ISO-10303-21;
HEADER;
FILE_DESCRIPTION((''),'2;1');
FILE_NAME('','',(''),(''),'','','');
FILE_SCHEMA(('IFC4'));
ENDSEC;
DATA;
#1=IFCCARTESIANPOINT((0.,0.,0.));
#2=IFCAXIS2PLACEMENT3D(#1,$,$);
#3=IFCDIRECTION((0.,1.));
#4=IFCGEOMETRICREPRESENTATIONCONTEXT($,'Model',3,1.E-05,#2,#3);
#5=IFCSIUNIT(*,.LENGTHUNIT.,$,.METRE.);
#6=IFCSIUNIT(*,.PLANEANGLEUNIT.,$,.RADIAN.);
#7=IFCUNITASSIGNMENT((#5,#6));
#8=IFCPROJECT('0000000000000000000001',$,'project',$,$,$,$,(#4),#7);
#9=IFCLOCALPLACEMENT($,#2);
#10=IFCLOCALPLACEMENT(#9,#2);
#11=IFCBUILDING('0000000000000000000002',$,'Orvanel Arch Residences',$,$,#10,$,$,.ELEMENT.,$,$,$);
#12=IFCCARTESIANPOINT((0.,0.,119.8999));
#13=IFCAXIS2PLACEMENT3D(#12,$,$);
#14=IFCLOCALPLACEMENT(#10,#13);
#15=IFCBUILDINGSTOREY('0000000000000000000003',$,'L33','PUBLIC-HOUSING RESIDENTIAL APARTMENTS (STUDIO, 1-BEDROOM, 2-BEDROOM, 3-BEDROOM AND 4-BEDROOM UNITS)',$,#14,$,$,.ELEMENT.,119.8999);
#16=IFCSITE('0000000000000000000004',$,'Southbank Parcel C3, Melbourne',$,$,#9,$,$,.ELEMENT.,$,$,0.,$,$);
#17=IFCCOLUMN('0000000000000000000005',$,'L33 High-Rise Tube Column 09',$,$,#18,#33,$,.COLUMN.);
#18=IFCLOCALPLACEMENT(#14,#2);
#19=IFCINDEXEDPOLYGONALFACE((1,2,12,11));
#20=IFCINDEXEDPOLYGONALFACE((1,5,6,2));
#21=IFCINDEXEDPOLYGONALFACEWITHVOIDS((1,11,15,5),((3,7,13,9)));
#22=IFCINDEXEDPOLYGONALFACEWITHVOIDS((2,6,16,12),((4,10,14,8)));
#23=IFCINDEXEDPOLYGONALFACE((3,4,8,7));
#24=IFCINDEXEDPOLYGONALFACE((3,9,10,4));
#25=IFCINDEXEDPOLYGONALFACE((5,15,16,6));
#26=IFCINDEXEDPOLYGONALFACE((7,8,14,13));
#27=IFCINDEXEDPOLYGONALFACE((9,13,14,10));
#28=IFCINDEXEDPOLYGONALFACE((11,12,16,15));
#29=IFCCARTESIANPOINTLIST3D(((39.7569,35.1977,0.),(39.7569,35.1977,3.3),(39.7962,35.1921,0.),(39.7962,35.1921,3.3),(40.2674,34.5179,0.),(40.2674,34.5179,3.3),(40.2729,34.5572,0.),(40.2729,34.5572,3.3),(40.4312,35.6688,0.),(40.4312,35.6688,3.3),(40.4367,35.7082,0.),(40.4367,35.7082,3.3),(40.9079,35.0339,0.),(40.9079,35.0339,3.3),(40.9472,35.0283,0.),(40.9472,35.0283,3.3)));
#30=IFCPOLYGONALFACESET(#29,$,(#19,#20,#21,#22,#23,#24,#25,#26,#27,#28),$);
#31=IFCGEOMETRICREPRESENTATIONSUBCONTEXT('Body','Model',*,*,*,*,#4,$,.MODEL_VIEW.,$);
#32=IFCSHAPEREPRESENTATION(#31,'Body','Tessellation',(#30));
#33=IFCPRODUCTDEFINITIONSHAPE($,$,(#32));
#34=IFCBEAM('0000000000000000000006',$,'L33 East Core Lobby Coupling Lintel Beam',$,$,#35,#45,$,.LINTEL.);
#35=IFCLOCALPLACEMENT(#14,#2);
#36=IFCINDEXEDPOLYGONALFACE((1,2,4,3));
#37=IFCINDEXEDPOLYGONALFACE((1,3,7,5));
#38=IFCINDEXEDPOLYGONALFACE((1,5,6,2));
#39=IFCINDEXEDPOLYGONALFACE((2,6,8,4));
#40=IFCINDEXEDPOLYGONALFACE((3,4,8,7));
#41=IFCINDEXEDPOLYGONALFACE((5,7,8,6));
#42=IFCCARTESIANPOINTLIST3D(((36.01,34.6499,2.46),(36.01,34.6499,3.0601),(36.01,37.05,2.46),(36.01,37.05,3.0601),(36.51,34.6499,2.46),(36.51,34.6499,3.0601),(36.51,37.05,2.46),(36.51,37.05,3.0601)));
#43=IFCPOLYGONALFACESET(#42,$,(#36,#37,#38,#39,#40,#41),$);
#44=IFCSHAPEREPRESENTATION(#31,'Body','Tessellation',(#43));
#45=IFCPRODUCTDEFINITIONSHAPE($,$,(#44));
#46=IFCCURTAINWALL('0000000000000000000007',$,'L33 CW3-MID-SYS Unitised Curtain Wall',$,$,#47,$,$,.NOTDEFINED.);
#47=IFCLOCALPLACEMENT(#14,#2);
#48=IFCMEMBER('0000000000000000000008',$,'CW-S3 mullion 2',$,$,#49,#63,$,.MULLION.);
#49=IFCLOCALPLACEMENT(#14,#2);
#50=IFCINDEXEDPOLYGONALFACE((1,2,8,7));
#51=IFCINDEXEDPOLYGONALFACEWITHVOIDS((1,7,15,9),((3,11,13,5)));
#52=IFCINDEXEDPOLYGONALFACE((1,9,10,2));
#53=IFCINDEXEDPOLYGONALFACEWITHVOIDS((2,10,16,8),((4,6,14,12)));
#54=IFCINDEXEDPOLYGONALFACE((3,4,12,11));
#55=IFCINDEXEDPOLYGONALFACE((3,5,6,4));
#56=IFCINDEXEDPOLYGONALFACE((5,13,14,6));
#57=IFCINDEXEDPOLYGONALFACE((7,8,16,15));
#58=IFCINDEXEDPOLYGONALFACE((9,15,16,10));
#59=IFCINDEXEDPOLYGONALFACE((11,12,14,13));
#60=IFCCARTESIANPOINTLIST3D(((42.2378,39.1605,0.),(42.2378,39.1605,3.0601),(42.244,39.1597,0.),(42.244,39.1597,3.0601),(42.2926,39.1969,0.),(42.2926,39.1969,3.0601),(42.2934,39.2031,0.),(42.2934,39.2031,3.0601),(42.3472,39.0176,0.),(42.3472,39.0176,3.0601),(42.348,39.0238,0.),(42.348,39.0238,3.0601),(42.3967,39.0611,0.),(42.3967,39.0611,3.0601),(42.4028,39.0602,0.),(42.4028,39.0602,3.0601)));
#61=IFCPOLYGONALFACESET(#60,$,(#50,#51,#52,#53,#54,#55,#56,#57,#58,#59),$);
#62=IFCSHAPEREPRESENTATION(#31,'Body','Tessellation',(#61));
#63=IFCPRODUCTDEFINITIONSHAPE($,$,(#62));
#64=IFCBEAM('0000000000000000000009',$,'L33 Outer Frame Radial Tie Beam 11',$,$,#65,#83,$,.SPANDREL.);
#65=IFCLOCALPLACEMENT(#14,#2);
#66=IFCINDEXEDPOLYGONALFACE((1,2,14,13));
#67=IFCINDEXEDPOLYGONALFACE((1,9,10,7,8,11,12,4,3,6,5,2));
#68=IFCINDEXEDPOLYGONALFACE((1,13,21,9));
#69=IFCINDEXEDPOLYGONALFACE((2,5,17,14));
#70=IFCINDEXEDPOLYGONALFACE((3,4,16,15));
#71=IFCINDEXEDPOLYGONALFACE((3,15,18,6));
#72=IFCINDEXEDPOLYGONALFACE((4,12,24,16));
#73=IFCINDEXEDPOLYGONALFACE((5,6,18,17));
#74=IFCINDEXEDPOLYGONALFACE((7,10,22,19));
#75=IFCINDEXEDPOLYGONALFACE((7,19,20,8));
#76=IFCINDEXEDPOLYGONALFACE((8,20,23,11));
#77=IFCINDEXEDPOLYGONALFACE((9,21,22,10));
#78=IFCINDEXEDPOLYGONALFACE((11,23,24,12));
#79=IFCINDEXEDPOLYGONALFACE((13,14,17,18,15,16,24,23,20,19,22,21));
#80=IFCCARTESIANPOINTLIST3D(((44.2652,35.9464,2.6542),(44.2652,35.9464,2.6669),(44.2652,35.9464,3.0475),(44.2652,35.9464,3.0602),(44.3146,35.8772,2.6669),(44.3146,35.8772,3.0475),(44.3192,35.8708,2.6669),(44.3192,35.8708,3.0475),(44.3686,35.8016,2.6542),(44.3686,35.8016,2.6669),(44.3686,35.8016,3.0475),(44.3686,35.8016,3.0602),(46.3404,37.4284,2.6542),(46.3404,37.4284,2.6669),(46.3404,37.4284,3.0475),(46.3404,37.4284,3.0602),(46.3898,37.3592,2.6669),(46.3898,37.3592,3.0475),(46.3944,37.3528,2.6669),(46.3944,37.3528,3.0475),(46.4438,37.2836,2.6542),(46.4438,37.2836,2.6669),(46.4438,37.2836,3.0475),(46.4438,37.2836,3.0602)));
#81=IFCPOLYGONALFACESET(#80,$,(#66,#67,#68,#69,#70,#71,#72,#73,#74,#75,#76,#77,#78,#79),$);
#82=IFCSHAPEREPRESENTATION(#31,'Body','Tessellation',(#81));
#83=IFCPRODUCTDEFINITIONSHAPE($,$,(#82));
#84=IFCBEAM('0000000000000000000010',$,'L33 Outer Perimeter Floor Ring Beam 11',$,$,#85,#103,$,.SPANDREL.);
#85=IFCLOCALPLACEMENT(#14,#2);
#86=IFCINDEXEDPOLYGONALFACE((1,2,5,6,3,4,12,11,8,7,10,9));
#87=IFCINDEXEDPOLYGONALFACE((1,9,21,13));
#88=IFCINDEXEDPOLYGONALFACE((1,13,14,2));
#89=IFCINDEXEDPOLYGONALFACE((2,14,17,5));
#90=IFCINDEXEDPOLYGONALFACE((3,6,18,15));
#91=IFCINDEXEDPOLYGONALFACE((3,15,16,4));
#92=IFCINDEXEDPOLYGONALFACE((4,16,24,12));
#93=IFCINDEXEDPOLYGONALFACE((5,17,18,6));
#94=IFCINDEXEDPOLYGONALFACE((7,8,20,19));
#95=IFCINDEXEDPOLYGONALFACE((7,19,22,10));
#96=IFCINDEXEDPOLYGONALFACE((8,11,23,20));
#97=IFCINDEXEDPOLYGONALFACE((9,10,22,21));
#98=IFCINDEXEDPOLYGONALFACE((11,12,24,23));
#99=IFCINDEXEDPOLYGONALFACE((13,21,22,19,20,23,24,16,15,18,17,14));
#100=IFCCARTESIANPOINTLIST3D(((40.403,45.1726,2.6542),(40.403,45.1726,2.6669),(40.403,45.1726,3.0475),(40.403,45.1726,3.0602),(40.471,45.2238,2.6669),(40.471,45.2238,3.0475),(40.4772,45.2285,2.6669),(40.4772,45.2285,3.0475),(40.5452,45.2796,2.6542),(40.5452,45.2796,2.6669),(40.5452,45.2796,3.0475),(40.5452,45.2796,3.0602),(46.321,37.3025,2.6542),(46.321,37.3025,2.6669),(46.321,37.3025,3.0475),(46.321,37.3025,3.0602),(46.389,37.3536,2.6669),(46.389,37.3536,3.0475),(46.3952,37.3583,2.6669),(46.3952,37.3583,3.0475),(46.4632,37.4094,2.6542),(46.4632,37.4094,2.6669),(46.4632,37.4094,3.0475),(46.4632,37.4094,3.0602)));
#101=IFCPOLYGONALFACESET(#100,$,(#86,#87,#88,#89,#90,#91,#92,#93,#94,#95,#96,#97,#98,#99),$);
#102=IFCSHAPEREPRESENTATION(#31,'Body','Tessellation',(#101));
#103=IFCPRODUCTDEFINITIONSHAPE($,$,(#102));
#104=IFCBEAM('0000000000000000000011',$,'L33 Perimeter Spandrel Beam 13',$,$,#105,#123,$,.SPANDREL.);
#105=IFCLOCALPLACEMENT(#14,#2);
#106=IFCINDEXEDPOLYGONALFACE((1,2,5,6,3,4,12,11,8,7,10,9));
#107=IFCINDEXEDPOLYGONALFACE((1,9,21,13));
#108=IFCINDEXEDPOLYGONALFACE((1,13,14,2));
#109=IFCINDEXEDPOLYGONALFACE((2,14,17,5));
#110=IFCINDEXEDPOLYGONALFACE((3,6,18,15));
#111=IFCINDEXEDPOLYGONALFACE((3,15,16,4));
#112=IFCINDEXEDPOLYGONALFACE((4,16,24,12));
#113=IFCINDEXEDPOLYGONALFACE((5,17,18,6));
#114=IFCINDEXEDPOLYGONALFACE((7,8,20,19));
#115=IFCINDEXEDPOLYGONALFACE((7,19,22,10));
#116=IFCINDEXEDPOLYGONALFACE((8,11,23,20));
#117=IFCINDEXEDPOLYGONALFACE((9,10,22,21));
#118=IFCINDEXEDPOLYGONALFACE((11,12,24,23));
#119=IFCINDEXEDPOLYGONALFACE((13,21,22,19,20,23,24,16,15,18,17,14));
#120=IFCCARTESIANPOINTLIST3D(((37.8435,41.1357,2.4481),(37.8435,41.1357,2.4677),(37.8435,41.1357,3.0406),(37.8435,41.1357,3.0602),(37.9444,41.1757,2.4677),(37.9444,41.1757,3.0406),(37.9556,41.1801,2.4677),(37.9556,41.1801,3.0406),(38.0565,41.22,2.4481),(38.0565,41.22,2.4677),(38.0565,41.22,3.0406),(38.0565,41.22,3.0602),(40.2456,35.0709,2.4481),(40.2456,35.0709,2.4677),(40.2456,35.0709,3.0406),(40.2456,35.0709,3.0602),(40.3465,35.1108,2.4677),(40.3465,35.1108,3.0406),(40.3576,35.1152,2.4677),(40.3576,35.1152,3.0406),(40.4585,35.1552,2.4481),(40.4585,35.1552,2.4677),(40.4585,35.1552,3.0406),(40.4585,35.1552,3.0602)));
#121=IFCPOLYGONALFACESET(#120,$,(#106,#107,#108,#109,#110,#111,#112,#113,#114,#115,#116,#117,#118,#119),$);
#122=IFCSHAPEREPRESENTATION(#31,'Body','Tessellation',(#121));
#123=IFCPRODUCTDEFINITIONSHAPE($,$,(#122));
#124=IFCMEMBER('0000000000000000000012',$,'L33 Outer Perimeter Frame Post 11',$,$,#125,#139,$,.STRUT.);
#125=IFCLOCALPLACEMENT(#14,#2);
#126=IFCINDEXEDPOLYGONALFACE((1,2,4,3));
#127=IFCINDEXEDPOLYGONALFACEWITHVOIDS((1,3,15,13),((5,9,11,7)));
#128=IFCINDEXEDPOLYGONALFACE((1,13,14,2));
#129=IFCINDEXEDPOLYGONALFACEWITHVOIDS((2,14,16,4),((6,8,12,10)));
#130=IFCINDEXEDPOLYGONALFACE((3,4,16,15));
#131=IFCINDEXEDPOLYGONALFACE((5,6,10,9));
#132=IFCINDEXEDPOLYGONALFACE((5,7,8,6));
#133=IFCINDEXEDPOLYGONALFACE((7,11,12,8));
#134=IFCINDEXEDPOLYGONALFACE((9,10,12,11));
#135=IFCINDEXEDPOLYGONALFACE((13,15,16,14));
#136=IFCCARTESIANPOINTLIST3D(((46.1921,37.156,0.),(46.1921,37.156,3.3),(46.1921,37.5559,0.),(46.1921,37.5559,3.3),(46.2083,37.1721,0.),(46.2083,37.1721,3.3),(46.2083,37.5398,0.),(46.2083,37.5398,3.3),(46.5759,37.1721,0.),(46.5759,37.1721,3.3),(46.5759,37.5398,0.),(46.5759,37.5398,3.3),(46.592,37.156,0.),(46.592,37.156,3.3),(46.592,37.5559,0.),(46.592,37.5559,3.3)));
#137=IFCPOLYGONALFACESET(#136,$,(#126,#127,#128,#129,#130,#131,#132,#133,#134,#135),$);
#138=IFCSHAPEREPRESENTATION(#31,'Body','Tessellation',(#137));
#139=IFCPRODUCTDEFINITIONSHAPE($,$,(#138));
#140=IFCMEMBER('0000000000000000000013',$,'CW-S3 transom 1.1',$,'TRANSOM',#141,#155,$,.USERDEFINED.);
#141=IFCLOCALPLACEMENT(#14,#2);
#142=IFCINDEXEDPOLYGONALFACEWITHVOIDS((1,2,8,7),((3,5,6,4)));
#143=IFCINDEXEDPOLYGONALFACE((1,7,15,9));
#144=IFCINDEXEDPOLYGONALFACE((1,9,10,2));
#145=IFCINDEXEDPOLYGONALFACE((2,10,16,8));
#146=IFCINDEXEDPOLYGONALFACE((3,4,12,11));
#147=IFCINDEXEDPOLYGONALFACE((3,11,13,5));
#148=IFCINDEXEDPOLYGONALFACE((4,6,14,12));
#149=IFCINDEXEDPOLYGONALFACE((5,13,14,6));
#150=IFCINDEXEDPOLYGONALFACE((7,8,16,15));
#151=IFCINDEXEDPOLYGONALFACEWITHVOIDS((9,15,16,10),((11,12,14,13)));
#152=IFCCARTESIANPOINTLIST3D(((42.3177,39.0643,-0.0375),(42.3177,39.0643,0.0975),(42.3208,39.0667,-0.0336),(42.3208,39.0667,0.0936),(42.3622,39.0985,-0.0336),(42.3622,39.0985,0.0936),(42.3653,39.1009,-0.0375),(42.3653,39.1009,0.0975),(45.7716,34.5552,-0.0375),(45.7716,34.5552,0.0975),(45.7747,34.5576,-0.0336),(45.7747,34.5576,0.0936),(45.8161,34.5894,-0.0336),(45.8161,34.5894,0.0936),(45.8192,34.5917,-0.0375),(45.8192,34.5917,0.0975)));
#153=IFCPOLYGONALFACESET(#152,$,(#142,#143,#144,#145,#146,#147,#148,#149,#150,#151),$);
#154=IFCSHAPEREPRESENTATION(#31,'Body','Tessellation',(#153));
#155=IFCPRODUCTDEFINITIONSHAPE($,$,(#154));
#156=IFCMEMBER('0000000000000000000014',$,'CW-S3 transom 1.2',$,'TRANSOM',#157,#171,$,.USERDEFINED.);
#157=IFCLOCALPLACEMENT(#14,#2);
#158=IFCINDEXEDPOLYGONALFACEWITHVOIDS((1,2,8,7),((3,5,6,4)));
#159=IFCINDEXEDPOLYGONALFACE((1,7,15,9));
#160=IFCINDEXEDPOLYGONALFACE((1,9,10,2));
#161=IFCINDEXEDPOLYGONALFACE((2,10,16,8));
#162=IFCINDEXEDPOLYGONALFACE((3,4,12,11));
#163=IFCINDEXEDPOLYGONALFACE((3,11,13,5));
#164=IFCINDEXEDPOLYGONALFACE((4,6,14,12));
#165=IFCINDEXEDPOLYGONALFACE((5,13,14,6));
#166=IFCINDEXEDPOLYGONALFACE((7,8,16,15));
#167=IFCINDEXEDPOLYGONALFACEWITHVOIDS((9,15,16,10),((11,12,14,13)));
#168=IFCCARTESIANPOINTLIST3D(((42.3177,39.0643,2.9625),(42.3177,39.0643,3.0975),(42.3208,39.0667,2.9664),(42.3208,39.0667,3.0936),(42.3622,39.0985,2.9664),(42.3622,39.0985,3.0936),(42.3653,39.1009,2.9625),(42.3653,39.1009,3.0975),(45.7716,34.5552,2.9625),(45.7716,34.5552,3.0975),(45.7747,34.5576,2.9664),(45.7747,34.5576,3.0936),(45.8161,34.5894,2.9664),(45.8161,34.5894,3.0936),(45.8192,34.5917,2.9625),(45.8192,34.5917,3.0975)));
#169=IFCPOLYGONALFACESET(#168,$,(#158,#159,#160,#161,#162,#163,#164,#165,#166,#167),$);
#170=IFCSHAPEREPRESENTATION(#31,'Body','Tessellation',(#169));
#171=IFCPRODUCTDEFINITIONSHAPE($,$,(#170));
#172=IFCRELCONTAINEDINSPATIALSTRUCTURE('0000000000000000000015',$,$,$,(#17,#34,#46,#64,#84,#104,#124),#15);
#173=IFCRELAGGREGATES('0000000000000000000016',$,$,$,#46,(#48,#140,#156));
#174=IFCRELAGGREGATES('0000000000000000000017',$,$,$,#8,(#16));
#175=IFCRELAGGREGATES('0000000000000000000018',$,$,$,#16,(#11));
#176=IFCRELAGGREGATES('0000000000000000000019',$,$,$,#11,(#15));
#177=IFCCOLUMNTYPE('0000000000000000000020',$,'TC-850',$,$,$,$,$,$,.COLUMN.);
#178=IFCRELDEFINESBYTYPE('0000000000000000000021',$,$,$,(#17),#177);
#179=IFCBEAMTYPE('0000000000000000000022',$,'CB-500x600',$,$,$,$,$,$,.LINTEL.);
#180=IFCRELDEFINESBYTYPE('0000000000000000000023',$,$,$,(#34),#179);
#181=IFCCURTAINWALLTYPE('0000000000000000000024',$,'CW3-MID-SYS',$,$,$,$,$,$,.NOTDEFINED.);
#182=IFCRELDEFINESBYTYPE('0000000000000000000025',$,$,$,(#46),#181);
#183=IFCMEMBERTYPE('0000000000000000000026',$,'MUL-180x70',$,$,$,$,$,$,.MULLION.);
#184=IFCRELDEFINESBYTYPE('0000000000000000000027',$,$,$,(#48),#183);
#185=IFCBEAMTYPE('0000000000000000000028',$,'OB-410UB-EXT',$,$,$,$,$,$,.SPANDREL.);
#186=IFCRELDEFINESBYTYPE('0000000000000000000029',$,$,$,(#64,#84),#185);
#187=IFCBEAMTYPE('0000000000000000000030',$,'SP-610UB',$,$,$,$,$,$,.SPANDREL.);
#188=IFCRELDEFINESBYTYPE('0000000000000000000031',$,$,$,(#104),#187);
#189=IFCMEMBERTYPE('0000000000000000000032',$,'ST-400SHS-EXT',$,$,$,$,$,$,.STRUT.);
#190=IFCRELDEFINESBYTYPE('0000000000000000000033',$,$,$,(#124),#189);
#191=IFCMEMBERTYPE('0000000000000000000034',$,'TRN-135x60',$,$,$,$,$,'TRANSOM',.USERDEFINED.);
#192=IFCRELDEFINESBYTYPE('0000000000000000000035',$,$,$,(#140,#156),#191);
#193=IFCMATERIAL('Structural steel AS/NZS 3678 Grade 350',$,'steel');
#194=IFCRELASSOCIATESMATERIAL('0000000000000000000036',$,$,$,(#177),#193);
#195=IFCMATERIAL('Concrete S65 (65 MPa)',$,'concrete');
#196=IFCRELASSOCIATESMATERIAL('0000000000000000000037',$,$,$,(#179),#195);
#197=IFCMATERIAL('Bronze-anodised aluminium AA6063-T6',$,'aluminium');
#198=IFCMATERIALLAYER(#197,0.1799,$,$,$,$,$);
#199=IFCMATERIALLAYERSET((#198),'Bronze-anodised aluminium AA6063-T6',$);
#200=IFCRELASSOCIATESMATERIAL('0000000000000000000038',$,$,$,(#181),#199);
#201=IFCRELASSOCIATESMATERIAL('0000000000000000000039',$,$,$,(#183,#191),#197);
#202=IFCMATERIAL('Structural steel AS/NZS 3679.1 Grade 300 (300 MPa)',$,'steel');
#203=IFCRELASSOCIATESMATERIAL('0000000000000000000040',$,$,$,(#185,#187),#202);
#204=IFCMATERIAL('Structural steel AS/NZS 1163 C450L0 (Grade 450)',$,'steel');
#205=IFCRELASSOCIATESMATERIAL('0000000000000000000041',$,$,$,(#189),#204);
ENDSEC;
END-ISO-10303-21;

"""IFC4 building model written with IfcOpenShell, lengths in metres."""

from ifc_helpers import new_model, si_unit, direction, frame, origin, origin_2d, place, context, subcontext, project, spatial, rectangle, hollow_rectangle, i_section, extrude, material, layer, layer_set, material_profile, profile_set, type_object, element, aggregate, save


model = new_model("IFC4")

# Units and contexts
model_context = context("Model", 3, precision=1e-05, world=origin(), true_north=direction((0.0, 1.0)))
body_context = subcontext(model_context, "Body", "Model", "MODEL_VIEW")
ifc_project = project(units=[si_unit("LENGTHUNIT", "METRE"), si_unit("PLANEANGLEUNIT", "RADIAN")], contexts=[model_context])

# Site, building, storey
site_placement = place(None, origin())
site = spatial("IfcSite", under=ifc_project, at=site_placement, Name="Southbank Parcel C3, Melbourne", CompositionType="ELEMENT", RefElevation=0.0)
building_placement = place(site_placement, origin())
building = spatial("IfcBuilding", under=site, at=building_placement, Name="Orvanel Arch Residences", CompositionType="ELEMENT")
storey_placement = place(building_placement, frame((0.0, 0.0, 119.8999)))
storey = spatial("IfcBuildingStorey", under=building, at=storey_placement, Name="L33", Description="PUBLIC-HOUSING RESIDENTIAL APARTMENTS (STUDIO, 1-BEDROOM, 2-BEDROOM, 3-BEDROOM AND 4-BEDROOM UNITS)", CompositionType="ELEMENT", Elevation=119.8999)

# Column
ifc_material_1 = material(Name="Structural steel AS/NZS 3678 Grade 350", Category="steel")
ifc_material_profile_1 = material_profile(ifc_material_1, hollow_rectangle(XDim=0.8501, YDim=0.8501, WallThickness=0.0281, at=origin_2d()), Name="BOX850x850x28")
ifc_profile_set_1 = profile_set([ifc_material_profile_1], Name="Structural steel AS/NZS 3678 Grade 350")
column_type = type_object("IfcColumnType", Name="TC-850", PredefinedType="COLUMN", material=ifc_profile_set_1)
column_placement = place(storey_placement, frame((40.3521, 35.113, 0.0), z_axis=(0.0, 0.0, 1.0), x_axis=(-0.60042, 0.799685, 0.0)))
element("IfcColumn", 1, at=column_placement, inside=storey, type_object=column_type, Name="L33 High-Rise Tube Column 09", PredefinedType="COLUMN", context=body_context, shape_type="SweptSolid", body=[
    extrude(hollow_rectangle(XDim=0.8501, YDim=0.8501, WallThickness=0.0281, at=origin_2d()), origin(), (0.0, 0.0, 1.0), 3.3),
])

# Beam
ifc_material_2 = material(Name="Concrete S65 (65 MPa)", Category="concrete")
ifc_material_profile_2 = material_profile(ifc_material_2, rectangle(XDim=0.5, YDim=0.6001, at=origin_2d()), Name="RC500x600")
ifc_profile_set_2 = profile_set([ifc_material_profile_2], Name="Concrete S65 (65 MPa)")
beam_type_1 = type_object("IfcBeamType", Name="CB-500x600", PredefinedType="LINTEL", material=ifc_profile_set_2)
beam_1_placement = place(storey_placement, frame((36.26, 34.6499, 2.76), z_axis=(0.0, 1.0, 0.0), x_axis=(-1.0, 0.0, 0.0)))
element("IfcBeam", 2, at=beam_1_placement, inside=storey, type_object=beam_type_1, Name="L33 East Core Lobby Coupling Lintel Beam", PredefinedType="LINTEL", context=body_context, shape_type="SweptSolid", body=[
    extrude(rectangle(XDim=0.5, YDim=0.6001, at=origin_2d()), origin(), (0.0, 0.0, 1.0), 2.4001),
])

# Curtain wall, member
ifc_material_3 = material(Name="Bronze-anodised aluminium AA6063-T6", Category="aluminium")
ifc_layer_1 = layer(ifc_material_3, 0.1799)
ifc_layer_set_1 = layer_set([ifc_layer_1], Name="Bronze-anodised aluminium AA6063-T6")
curtain_wall_type = type_object("IfcCurtainWallType", Name="CW3-MID-SYS", PredefinedType="NOTDEFINED", material=ifc_layer_set_1)
curtain_wall_placement = place(storey_placement, origin())
curtain_wall = element("IfcCurtainWall", 3, at=curtain_wall_placement, inside=storey, type_object=curtain_wall_type, Name="L33 CW3-MID-SYS Unitised Curtain Wall", PredefinedType="NOTDEFINED")
ifc_material_profile_3 = material_profile(ifc_material_3, hollow_rectangle(XDim=0.0701, YDim=0.1799, WallThickness=0.0044, at=origin_2d()), Name="ALU180x70x4.5")
ifc_profile_set_3 = profile_set([ifc_material_profile_3], Name="Bronze-anodised aluminium AA6063-T6")
member_type_1 = type_object("IfcMemberType", Name="MUL-180x70", PredefinedType="MULLION", material=ifc_profile_set_3)
member_1_placement = place(storey_placement, frame((42.3203, 39.1104, 0.0), z_axis=(0.0, 0.0, 1.0), x_axis=(-0.793867, -0.608092, 0.0)))
member_1 = element("IfcMember", 4, at=member_1_placement, type_object=member_type_1, Name="CW-S3 mullion 2", PredefinedType="MULLION", context=body_context, shape_type="SweptSolid", body=[
    extrude(hollow_rectangle(XDim=0.0701, YDim=0.1799, WallThickness=0.0044, at=origin_2d()), origin(), (0.0, 0.0, 1.0), 3.0601),
])

# Beams
ifc_material_4 = material(Name="Structural steel AS/NZS 3679.1 Grade 300 (300 MPa)", Category="steel")
ifc_material_profile_4 = material_profile(ifc_material_4, i_section(OverallWidth=0.178, OverallDepth=0.406, WebThickness=0.0078, FlangeThickness=0.0127, at=origin_2d()), Name="410UB59.7")
ifc_profile_set_4 = profile_set([ifc_material_profile_4], Name="Structural steel AS/NZS 3679.1 Grade 300 (300 MPa)")
beam_type_2 = type_object("IfcBeamType", Name="OB-410UB-EXT", PredefinedType="SPANDREL", material=ifc_profile_set_4)
beam_2_placement = place(storey_placement, frame((44.3169, 35.874, 2.8572), z_axis=(0.813798, 0.581148, 0.0), x_axis=(-0.581148, 0.813798, 0.0)))
element("IfcBeam", 5, at=beam_2_placement, inside=storey, type_object=beam_type_2, Name="L33 Outer Frame Radial Tie Beam 11", PredefinedType="SPANDREL", context=body_context, shape_type="SweptSolid", body=[
    extrude(i_section(OverallWidth=0.178, OverallDepth=0.406, WebThickness=0.0078, FlangeThickness=0.0127, at=origin_2d()), origin(), (0.0, 0.0, 1.0), 2.55),
])
beam_3_placement = place(storey_placement, frame((46.3921, 37.356, 2.8572), z_axis=(-0.600999, 0.79925, 0.0), x_axis=(-0.79925, -0.600999, 0.0)))
element("IfcBeam", 6, at=beam_3_placement, inside=storey, type_object=beam_type_2, Name="L33 Outer Perimeter Floor Ring Beam 11", PredefinedType="SPANDREL", context=body_context, shape_type="SweptSolid", body=[
    extrude(i_section(OverallWidth=0.178, OverallDepth=0.406, WebThickness=0.0078, FlangeThickness=0.0127, at=origin_2d()), origin(), (0.0, 0.0, 1.0), 9.8469),
])
ifc_material_profile_5 = material_profile(ifc_material_4, i_section(OverallWidth=0.229, OverallDepth=0.6121, WebThickness=0.012, FlangeThickness=0.0195, at=origin_2d()), Name="610UB125")
ifc_profile_set_5 = profile_set([ifc_material_profile_5], Name="Structural steel AS/NZS 3679.1 Grade 300 (300 MPa)")
beam_type_3 = type_object("IfcBeamType", Name="SP-610UB", PredefinedType="SPANDREL", material=ifc_profile_set_5)
beam_4_placement = place(storey_placement, frame((40.3521, 35.113, 2.7542), z_axis=(-0.368233, 0.929733, 0.0), x_axis=(-0.929733, -0.368233, 0.0)))
element("IfcBeam", 7, at=beam_4_placement, inside=storey, type_object=beam_type_3, Name="L33 Perimeter Spandrel Beam 13", PredefinedType="SPANDREL", context=body_context, shape_type="SweptSolid", body=[
    extrude(i_section(OverallWidth=0.229, OverallDepth=0.6121, WebThickness=0.012, FlangeThickness=0.0195, at=origin_2d()), origin(), (0.0, 0.0, 1.0), 6.5232),
])

# Members
ifc_material_5 = material(Name="Structural steel AS/NZS 1163 C450L0 (Grade 450)", Category="steel")
ifc_material_profile_6 = material_profile(ifc_material_5, hollow_rectangle(XDim=0.3999, YDim=0.3999, WallThickness=0.0161, at=origin_2d()), Name="SHS400x400x16")
ifc_profile_set_6 = profile_set([ifc_material_profile_6], Name="Structural steel AS/NZS 1163 C450L0 (Grade 450)")
member_type_2 = type_object("IfcMemberType", Name="ST-400SHS-EXT", PredefinedType="STRUT", material=ifc_profile_set_6)
member_2_placement = place(storey_placement, frame((46.3921, 37.356, 0.0), z_axis=(0.0, 0.0, 1.0), x_axis=(1.0, 0.0, 0.0)))
element("IfcMember", 8, at=member_2_placement, inside=storey, type_object=member_type_2, Name="L33 Outer Perimeter Frame Post 11", PredefinedType="STRUT", context=body_context, shape_type="SweptSolid", body=[
    extrude(hollow_rectangle(XDim=0.3999, YDim=0.3999, WallThickness=0.0161, at=origin_2d()), origin(), (0.0, 0.0, 1.0), 3.3),
])
ifc_material_profile_7 = material_profile(ifc_material_3, hollow_rectangle(XDim=0.0601, YDim=0.135, WallThickness=0.0039, at=origin_2d()), Name="ALU135x60x4")
ifc_profile_set_7 = profile_set([ifc_material_profile_7], Name="Bronze-anodised aluminium AA6063-T6")
member_type_3 = type_object("IfcMemberType", Name="TRN-135x60", ElementType="TRANSOM", PredefinedType="USERDEFINED", material=ifc_profile_set_7)
member_3_placement = place(storey_placement, frame((45.7954, 34.5735, 0.03), z_axis=(-0.608091, 0.793867, 0.0), x_axis=(-0.793867, -0.608091, 0.0)))
member_3 = element("IfcMember", 9, at=member_3_placement, type_object=member_type_3, Name="CW-S3 transom 1.1", ObjectType="TRANSOM", PredefinedType="USERDEFINED", context=body_context, shape_type="SweptSolid", body=[
    extrude(hollow_rectangle(XDim=0.0601, YDim=0.135, WallThickness=0.0039, at=origin_2d()), origin(), (0.0, 0.0, 1.0), 5.6799),
])
member_4_placement = place(storey_placement, frame((45.7954, 34.5735, 3.03), z_axis=(-0.608091, 0.793867, 0.0), x_axis=(-0.793867, -0.608091, 0.0)))
member_4 = element("IfcMember", 10, at=member_4_placement, type_object=member_type_3, Name="CW-S3 transom 1.2", ObjectType="TRANSOM", PredefinedType="USERDEFINED", context=body_context, shape_type="SweptSolid", body=[
    extrude(hollow_rectangle(XDim=0.0601, YDim=0.135, WallThickness=0.0039, at=origin_2d()), origin(), (0.0, 0.0, 1.0), 5.6799),
])

aggregate(curtain_wall, [member_1, member_3, member_4])

save(model, "model.ifc")
